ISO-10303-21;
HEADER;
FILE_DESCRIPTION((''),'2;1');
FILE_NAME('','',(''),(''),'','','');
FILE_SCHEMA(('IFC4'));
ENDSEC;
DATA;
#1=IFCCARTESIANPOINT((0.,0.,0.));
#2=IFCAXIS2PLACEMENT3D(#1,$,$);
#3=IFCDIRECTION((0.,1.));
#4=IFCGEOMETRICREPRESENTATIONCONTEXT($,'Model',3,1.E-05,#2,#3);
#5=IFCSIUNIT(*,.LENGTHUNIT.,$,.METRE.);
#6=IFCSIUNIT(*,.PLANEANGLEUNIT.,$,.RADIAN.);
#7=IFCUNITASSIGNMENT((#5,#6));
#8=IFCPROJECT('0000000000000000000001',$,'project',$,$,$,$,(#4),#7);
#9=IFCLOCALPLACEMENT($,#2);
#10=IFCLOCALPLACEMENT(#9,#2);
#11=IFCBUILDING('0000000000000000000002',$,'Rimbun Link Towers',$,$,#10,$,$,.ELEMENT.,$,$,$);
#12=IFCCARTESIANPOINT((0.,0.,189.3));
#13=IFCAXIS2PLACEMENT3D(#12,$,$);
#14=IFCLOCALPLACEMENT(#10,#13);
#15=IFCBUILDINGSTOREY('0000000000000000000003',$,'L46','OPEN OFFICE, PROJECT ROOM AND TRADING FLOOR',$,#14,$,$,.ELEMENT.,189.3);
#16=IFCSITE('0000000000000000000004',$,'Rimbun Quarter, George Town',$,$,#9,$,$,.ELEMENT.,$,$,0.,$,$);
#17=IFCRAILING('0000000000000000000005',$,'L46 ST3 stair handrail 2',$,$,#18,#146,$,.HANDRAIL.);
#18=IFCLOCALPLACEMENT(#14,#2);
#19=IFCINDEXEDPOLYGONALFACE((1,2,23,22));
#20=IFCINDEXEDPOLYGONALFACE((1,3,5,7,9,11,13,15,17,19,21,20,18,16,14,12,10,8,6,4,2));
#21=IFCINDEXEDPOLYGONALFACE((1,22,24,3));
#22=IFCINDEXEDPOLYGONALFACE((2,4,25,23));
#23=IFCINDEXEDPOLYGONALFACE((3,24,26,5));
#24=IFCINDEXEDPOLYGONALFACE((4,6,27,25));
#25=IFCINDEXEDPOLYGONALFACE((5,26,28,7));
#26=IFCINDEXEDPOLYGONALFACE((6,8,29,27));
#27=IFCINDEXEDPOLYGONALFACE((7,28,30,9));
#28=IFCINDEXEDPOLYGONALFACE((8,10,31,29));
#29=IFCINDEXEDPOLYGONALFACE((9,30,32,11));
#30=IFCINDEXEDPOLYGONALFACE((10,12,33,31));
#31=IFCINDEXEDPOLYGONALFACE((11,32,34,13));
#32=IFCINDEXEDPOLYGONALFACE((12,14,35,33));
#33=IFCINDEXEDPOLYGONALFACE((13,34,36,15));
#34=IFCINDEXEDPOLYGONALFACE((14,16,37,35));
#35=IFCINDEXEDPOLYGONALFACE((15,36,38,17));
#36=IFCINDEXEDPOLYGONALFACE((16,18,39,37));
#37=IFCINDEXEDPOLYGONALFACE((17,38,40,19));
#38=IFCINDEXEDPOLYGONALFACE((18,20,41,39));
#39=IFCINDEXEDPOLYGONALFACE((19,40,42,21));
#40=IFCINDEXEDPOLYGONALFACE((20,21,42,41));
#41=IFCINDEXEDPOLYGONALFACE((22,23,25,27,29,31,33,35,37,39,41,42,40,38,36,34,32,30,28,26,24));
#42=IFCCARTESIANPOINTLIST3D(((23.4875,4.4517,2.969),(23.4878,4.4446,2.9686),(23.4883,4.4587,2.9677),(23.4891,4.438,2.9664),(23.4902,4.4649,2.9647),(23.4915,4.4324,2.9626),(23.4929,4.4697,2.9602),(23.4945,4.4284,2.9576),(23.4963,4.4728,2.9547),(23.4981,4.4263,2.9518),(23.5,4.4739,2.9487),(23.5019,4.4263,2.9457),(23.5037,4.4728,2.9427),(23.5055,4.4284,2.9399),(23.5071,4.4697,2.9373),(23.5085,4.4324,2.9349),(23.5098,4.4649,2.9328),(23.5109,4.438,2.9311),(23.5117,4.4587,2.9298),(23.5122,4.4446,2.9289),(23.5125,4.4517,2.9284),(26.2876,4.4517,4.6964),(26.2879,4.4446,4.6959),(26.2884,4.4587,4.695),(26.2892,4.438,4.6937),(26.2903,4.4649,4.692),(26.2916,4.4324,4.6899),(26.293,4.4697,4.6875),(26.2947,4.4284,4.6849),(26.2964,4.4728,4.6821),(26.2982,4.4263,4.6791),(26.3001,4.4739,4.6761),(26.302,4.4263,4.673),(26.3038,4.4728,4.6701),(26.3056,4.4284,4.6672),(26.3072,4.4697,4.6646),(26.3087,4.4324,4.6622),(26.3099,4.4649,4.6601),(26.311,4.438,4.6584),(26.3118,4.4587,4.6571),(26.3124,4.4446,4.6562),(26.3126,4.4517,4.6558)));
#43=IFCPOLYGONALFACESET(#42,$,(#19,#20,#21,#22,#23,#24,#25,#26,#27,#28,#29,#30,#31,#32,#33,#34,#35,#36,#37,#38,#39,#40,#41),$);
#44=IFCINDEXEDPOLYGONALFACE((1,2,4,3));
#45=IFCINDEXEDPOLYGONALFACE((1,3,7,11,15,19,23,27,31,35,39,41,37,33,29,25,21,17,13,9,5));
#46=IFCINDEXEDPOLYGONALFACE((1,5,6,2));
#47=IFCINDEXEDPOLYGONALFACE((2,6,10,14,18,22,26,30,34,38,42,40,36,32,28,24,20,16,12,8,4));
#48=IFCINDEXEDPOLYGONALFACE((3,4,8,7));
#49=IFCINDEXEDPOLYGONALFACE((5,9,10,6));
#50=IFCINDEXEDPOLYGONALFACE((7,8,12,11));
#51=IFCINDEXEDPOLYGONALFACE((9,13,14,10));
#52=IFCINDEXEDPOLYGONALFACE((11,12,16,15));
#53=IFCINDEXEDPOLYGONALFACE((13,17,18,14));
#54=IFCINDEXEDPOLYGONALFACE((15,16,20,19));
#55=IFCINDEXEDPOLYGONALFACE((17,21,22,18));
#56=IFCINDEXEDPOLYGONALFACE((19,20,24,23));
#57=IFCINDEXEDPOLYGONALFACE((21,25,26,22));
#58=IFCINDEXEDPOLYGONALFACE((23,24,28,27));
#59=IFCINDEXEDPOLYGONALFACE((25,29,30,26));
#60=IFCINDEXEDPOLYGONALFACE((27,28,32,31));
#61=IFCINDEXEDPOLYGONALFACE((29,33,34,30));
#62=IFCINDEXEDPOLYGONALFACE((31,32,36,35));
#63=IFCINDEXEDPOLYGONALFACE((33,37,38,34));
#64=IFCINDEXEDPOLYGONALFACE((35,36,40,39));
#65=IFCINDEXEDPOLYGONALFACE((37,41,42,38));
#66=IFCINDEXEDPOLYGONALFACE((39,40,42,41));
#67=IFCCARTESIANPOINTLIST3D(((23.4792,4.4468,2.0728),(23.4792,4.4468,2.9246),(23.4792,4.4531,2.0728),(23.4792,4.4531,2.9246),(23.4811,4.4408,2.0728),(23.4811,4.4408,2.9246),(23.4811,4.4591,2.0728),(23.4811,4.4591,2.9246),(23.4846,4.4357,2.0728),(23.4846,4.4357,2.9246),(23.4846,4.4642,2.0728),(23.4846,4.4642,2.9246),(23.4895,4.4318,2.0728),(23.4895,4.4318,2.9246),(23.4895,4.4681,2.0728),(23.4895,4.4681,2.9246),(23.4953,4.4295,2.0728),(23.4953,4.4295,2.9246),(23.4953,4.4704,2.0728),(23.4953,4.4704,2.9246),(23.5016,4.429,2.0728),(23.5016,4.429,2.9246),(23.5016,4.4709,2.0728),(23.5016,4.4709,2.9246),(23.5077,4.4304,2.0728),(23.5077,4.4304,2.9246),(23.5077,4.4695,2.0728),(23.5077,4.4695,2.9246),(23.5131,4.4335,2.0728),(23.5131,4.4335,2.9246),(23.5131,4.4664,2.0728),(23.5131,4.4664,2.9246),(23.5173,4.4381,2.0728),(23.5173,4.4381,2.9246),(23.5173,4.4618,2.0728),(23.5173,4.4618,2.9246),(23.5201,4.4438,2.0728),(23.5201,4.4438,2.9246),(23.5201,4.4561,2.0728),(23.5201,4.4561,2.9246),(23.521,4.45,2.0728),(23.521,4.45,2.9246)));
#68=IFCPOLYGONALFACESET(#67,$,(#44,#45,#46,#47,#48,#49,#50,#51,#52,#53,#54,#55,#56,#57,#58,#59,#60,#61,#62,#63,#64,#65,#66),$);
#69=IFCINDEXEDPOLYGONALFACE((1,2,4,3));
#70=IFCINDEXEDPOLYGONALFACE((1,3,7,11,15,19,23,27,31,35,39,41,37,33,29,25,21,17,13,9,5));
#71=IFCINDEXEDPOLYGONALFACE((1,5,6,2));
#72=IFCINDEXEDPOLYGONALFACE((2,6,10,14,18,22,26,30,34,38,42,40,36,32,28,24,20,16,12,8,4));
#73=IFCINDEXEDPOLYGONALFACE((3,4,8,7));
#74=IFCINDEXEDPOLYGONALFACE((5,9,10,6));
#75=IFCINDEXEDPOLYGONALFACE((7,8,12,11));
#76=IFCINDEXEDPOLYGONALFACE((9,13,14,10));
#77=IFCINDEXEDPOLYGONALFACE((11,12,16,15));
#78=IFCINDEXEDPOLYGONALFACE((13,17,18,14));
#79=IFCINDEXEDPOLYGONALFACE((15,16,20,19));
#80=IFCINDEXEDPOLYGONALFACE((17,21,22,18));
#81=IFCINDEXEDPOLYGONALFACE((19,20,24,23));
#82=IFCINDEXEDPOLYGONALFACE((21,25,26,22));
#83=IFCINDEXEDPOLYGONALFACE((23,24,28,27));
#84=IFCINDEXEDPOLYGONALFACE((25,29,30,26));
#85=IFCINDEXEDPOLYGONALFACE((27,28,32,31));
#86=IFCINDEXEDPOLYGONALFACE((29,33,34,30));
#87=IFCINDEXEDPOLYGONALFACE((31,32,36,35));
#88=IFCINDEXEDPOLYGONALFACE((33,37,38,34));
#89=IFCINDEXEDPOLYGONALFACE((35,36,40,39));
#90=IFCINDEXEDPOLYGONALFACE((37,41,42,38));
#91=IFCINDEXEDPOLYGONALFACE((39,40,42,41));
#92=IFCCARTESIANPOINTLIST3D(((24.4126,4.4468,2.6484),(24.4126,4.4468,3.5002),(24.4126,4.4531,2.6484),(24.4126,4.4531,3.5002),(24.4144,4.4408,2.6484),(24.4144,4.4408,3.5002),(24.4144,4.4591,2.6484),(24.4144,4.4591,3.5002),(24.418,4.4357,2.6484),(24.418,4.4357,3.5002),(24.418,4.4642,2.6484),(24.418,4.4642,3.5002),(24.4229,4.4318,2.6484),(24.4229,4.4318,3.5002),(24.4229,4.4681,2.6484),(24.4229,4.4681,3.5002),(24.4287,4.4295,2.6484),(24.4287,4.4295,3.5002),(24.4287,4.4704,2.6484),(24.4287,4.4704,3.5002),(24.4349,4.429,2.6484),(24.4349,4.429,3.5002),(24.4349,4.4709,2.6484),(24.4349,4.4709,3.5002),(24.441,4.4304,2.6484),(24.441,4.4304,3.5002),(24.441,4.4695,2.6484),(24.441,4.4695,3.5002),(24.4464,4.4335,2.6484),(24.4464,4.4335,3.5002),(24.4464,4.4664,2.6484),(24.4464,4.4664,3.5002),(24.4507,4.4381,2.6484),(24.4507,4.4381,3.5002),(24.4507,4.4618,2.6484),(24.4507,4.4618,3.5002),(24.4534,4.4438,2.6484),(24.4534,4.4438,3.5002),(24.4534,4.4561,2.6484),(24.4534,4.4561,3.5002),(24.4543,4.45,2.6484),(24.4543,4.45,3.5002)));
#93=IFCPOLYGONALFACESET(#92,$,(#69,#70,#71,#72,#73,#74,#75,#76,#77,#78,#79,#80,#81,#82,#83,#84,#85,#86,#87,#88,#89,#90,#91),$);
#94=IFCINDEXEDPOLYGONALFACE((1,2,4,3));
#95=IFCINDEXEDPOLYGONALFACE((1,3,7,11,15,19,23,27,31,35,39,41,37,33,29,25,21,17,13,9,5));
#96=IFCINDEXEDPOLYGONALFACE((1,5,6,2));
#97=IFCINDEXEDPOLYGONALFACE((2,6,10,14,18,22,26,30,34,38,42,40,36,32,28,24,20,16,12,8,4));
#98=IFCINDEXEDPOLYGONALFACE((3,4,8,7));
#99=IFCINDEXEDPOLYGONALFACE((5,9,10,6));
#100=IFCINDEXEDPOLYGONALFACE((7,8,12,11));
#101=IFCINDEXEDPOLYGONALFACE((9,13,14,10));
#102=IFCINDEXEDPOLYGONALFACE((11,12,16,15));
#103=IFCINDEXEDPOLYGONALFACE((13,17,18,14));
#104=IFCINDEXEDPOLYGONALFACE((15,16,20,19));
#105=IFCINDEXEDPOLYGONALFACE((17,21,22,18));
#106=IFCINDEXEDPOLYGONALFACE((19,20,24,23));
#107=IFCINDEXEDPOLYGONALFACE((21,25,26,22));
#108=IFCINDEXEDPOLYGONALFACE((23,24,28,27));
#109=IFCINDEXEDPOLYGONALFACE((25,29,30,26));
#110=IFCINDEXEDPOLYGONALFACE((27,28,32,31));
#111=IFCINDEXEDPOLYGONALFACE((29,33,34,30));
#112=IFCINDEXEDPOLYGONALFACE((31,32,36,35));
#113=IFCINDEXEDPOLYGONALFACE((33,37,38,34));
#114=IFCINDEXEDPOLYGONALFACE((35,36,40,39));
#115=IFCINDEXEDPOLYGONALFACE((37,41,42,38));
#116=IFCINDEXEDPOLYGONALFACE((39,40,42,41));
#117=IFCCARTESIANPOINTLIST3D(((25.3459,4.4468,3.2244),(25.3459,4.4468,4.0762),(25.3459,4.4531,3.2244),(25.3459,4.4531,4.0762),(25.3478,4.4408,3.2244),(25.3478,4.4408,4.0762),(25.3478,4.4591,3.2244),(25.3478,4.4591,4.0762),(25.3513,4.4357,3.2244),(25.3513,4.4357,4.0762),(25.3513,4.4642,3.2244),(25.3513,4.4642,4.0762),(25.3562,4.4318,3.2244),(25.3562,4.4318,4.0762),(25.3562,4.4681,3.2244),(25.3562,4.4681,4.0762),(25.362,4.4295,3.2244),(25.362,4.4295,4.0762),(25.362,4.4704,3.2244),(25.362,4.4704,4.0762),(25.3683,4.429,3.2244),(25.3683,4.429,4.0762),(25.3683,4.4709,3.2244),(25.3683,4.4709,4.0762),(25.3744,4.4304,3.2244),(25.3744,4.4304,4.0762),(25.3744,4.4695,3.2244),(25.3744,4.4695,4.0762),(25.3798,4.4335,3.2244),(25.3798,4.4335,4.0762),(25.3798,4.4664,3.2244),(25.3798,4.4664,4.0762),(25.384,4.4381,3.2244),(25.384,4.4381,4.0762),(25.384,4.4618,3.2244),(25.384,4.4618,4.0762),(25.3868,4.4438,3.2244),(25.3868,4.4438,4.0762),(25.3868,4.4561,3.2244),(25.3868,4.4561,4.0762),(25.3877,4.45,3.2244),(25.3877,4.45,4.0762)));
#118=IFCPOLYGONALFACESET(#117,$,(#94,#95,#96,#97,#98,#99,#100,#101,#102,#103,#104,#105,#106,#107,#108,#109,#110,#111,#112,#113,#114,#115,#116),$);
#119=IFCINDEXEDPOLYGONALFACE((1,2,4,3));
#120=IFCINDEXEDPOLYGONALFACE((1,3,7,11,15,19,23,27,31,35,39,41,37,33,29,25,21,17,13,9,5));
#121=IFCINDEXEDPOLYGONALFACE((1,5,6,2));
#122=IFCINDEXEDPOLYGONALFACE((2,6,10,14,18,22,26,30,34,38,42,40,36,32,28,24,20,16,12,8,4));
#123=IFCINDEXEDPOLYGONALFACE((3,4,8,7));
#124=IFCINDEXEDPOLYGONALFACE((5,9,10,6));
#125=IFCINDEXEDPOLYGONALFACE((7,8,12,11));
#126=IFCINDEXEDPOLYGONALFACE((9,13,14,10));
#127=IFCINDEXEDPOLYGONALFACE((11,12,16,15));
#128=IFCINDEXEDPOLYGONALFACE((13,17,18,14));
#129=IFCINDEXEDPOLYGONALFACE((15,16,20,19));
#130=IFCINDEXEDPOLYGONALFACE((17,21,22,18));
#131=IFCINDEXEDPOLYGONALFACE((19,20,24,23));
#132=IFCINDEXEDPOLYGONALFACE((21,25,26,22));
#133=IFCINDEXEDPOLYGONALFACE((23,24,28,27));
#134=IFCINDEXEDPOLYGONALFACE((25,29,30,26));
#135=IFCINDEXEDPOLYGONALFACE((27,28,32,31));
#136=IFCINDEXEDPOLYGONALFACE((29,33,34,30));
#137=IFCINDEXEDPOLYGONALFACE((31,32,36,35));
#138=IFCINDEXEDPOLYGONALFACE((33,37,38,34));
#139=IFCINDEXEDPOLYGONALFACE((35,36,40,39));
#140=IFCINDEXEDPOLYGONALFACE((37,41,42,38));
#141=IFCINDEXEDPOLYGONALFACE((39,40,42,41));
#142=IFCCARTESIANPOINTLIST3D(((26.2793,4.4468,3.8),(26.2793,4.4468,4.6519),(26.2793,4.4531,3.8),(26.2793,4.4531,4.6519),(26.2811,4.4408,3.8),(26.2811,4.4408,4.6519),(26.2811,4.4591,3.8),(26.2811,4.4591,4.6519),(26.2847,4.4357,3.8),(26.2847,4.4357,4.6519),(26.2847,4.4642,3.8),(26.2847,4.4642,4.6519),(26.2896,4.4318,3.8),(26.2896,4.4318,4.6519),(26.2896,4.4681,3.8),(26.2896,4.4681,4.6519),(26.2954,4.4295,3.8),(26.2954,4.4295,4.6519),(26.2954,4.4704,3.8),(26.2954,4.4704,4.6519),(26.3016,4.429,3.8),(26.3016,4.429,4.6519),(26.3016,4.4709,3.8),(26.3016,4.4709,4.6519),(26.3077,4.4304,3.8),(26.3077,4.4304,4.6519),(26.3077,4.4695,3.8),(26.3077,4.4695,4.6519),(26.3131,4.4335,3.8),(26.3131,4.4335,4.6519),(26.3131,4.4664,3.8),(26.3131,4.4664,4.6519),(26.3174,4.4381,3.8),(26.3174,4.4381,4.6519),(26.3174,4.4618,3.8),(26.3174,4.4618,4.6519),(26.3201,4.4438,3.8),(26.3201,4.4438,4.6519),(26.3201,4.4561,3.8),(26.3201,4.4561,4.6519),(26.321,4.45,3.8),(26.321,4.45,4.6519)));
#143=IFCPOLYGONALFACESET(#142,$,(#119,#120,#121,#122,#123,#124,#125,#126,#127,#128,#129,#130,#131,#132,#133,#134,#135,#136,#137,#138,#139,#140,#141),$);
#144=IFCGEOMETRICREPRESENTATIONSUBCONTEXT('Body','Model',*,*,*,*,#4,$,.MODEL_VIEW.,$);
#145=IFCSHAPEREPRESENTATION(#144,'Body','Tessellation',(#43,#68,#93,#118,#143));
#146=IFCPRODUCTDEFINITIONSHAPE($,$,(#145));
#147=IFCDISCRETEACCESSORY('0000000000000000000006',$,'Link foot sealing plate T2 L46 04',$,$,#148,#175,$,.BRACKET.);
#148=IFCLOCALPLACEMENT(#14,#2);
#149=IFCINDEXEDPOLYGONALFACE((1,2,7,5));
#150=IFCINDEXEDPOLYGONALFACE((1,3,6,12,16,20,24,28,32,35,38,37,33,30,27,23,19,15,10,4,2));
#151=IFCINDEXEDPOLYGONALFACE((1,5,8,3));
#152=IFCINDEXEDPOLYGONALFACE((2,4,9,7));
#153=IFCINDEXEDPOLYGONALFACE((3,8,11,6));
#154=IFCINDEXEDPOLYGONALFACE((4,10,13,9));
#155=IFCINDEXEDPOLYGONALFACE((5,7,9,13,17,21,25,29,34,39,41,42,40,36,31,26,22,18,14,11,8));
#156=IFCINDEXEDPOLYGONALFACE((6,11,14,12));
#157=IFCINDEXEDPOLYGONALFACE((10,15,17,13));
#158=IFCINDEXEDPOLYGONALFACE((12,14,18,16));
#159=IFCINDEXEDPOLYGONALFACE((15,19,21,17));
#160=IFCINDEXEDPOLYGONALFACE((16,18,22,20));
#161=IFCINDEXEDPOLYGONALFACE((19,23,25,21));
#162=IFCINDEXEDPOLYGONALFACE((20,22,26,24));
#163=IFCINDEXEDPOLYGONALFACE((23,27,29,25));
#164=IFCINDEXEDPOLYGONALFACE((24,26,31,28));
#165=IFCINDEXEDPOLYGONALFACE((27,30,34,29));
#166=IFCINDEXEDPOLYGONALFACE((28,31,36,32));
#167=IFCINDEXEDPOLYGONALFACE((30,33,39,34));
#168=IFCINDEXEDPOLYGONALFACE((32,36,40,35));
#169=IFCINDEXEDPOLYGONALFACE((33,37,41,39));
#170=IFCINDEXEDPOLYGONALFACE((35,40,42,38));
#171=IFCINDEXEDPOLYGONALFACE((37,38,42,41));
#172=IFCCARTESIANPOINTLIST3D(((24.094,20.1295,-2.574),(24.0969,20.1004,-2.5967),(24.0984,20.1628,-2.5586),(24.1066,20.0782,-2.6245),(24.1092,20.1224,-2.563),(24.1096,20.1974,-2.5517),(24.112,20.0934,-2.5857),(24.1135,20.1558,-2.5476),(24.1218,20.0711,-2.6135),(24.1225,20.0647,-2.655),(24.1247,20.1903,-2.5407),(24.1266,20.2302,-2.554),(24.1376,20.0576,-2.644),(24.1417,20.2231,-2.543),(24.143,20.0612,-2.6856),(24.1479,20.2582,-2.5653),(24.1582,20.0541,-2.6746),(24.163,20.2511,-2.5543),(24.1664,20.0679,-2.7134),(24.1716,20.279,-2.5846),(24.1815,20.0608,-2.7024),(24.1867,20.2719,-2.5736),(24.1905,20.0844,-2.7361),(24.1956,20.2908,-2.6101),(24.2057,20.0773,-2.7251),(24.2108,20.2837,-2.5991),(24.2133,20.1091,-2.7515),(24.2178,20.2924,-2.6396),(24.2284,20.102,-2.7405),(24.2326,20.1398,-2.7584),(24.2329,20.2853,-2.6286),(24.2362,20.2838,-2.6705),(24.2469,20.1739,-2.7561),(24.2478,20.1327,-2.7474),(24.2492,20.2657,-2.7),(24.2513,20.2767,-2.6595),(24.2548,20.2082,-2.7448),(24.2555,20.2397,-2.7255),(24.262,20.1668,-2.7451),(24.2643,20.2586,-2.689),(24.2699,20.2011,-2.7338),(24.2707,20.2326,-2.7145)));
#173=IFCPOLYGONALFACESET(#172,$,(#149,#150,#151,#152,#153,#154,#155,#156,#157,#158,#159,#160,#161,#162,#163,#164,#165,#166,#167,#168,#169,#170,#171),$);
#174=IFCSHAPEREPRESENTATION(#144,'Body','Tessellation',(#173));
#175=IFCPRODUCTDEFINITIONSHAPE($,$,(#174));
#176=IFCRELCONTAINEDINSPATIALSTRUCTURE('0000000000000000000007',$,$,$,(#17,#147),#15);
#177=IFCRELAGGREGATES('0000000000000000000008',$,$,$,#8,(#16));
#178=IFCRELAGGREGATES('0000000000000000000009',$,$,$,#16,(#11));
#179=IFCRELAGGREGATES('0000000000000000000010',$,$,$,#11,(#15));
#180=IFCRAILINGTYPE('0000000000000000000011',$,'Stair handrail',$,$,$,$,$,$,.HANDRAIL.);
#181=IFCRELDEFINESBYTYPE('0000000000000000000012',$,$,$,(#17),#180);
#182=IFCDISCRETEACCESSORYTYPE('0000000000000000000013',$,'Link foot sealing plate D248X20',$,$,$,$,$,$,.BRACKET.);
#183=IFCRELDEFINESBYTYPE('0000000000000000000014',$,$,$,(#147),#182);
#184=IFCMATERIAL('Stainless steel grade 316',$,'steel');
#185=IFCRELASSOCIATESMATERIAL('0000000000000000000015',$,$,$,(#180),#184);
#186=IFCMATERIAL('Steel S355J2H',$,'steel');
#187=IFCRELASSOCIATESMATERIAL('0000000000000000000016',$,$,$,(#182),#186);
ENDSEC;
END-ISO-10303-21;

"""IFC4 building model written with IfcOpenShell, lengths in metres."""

from ifc_helpers import new_model, si_unit, direction, frame, origin, origin_2d, place, context, subcontext, project, spatial, circle, extrude, material, material_profile, profile_set, type_object, element, save


model = new_model("IFC4")

# Units and contexts
model_context = context("Model", 3, precision=1e-05, world=origin(), true_north=direction((0.0, 1.0)))
body_context = subcontext(model_context, "Body", "Model", "MODEL_VIEW")
ifc_project = project(units=[si_unit("LENGTHUNIT", "METRE"), si_unit("PLANEANGLEUNIT", "RADIAN")], contexts=[model_context])

# Site, building, storey
site_placement = place(None, origin())
site = spatial("IfcSite", under=ifc_project, at=site_placement, Name="Rimbun Quarter, George Town", CompositionType="ELEMENT", RefElevation=0.0)
building_placement = place(site_placement, origin())
building = spatial("IfcBuilding", under=site, at=building_placement, Name="Rimbun Link Towers", CompositionType="ELEMENT")
storey_placement = place(building_placement, frame((0.0, 0.0, 189.3)))
storey = spatial("IfcBuildingStorey", under=building, at=storey_placement, Name="L46", Description="OPEN OFFICE, PROJECT ROOM AND TRADING FLOOR", CompositionType="ELEMENT", Elevation=189.3)

# Railing
ifc_material_1 = material(Name="Stainless steel grade 316", Category="steel")
railing_type_1 = type_object("IfcRailingType", Name="Stair handrail", PredefinedType="HANDRAIL", material=ifc_material_1)
railing_1_placement = place(storey_placement, frame((23.5, 4.45, 2.0728)))
element("IfcRailing", 1, at=railing_1_placement, inside=storey, type_object=railing_type_1, Name="L46 ST3 stair handrail 2", PredefinedType="HANDRAIL", context=body_context, shape_type="SweptSolid", body=[
    extrude(circle(Radius=0.0239, at=origin_2d()), frame((0.0, 0.0, 0.876), z_axis=(0.85109, 0.0, 0.52502), x_axis=(0.0, 1.0, 0.0)), (0.0, 0.0, 1.0), 3.29),
    extrude(circle(Radius=0.021, at=origin_2d()), origin(), (0.0, 0.0, 1.0), 0.8518),
    extrude(circle(Radius=0.021, at=origin_2d()), frame((0.9333, 0.0, 0.5757)), (0.0, 0.0, 1.0), 0.8518),
    extrude(circle(Radius=0.021, at=origin_2d()), frame((1.8667, 0.0, 1.1516)), (0.0, 0.0, 1.0), 0.8518),
    extrude(circle(Radius=0.021, at=origin_2d()), frame((2.8, 0.0, 1.7273)), (0.0, 0.0, 1.0), 0.8518),
])

# Discrete accessory
ifc_material_2 = material(Name="Steel S355J2H", Category="steel")
ifc_material_profile_1 = material_profile(ifc_material_2, circle(Radius=0.124, at=origin_2d()), Name="PL D248")
ifc_profile_set_1 = profile_set([ifc_material_profile_1], Name="Steel S355J2H")
discrete_accessory_type = type_object("IfcDiscreteAccessoryType", Name="Link foot sealing plate D248X20", PredefinedType="BRACKET", material=ifc_profile_set_1)
discrete_accessory_placement = place(storey_placement, frame((24.1902, 20.1699, -2.644), z_axis=(-0.756886, 0.354027, -0.549353), x_axis=(-0.423685, -0.90581, 0.0)))
element("IfcDiscreteAccessory", 2, at=discrete_accessory_placement, inside=storey, type_object=discrete_accessory_type, Name="Link foot sealing plate T2 L46 04", PredefinedType="BRACKET", context=body_context, shape_type="SweptSolid", body=[
    extrude(circle(Radius=0.124, at=origin_2d()), origin(), (0.0, 0.0, 1.0), 0.02),
])

save(model, "model.ifc")
